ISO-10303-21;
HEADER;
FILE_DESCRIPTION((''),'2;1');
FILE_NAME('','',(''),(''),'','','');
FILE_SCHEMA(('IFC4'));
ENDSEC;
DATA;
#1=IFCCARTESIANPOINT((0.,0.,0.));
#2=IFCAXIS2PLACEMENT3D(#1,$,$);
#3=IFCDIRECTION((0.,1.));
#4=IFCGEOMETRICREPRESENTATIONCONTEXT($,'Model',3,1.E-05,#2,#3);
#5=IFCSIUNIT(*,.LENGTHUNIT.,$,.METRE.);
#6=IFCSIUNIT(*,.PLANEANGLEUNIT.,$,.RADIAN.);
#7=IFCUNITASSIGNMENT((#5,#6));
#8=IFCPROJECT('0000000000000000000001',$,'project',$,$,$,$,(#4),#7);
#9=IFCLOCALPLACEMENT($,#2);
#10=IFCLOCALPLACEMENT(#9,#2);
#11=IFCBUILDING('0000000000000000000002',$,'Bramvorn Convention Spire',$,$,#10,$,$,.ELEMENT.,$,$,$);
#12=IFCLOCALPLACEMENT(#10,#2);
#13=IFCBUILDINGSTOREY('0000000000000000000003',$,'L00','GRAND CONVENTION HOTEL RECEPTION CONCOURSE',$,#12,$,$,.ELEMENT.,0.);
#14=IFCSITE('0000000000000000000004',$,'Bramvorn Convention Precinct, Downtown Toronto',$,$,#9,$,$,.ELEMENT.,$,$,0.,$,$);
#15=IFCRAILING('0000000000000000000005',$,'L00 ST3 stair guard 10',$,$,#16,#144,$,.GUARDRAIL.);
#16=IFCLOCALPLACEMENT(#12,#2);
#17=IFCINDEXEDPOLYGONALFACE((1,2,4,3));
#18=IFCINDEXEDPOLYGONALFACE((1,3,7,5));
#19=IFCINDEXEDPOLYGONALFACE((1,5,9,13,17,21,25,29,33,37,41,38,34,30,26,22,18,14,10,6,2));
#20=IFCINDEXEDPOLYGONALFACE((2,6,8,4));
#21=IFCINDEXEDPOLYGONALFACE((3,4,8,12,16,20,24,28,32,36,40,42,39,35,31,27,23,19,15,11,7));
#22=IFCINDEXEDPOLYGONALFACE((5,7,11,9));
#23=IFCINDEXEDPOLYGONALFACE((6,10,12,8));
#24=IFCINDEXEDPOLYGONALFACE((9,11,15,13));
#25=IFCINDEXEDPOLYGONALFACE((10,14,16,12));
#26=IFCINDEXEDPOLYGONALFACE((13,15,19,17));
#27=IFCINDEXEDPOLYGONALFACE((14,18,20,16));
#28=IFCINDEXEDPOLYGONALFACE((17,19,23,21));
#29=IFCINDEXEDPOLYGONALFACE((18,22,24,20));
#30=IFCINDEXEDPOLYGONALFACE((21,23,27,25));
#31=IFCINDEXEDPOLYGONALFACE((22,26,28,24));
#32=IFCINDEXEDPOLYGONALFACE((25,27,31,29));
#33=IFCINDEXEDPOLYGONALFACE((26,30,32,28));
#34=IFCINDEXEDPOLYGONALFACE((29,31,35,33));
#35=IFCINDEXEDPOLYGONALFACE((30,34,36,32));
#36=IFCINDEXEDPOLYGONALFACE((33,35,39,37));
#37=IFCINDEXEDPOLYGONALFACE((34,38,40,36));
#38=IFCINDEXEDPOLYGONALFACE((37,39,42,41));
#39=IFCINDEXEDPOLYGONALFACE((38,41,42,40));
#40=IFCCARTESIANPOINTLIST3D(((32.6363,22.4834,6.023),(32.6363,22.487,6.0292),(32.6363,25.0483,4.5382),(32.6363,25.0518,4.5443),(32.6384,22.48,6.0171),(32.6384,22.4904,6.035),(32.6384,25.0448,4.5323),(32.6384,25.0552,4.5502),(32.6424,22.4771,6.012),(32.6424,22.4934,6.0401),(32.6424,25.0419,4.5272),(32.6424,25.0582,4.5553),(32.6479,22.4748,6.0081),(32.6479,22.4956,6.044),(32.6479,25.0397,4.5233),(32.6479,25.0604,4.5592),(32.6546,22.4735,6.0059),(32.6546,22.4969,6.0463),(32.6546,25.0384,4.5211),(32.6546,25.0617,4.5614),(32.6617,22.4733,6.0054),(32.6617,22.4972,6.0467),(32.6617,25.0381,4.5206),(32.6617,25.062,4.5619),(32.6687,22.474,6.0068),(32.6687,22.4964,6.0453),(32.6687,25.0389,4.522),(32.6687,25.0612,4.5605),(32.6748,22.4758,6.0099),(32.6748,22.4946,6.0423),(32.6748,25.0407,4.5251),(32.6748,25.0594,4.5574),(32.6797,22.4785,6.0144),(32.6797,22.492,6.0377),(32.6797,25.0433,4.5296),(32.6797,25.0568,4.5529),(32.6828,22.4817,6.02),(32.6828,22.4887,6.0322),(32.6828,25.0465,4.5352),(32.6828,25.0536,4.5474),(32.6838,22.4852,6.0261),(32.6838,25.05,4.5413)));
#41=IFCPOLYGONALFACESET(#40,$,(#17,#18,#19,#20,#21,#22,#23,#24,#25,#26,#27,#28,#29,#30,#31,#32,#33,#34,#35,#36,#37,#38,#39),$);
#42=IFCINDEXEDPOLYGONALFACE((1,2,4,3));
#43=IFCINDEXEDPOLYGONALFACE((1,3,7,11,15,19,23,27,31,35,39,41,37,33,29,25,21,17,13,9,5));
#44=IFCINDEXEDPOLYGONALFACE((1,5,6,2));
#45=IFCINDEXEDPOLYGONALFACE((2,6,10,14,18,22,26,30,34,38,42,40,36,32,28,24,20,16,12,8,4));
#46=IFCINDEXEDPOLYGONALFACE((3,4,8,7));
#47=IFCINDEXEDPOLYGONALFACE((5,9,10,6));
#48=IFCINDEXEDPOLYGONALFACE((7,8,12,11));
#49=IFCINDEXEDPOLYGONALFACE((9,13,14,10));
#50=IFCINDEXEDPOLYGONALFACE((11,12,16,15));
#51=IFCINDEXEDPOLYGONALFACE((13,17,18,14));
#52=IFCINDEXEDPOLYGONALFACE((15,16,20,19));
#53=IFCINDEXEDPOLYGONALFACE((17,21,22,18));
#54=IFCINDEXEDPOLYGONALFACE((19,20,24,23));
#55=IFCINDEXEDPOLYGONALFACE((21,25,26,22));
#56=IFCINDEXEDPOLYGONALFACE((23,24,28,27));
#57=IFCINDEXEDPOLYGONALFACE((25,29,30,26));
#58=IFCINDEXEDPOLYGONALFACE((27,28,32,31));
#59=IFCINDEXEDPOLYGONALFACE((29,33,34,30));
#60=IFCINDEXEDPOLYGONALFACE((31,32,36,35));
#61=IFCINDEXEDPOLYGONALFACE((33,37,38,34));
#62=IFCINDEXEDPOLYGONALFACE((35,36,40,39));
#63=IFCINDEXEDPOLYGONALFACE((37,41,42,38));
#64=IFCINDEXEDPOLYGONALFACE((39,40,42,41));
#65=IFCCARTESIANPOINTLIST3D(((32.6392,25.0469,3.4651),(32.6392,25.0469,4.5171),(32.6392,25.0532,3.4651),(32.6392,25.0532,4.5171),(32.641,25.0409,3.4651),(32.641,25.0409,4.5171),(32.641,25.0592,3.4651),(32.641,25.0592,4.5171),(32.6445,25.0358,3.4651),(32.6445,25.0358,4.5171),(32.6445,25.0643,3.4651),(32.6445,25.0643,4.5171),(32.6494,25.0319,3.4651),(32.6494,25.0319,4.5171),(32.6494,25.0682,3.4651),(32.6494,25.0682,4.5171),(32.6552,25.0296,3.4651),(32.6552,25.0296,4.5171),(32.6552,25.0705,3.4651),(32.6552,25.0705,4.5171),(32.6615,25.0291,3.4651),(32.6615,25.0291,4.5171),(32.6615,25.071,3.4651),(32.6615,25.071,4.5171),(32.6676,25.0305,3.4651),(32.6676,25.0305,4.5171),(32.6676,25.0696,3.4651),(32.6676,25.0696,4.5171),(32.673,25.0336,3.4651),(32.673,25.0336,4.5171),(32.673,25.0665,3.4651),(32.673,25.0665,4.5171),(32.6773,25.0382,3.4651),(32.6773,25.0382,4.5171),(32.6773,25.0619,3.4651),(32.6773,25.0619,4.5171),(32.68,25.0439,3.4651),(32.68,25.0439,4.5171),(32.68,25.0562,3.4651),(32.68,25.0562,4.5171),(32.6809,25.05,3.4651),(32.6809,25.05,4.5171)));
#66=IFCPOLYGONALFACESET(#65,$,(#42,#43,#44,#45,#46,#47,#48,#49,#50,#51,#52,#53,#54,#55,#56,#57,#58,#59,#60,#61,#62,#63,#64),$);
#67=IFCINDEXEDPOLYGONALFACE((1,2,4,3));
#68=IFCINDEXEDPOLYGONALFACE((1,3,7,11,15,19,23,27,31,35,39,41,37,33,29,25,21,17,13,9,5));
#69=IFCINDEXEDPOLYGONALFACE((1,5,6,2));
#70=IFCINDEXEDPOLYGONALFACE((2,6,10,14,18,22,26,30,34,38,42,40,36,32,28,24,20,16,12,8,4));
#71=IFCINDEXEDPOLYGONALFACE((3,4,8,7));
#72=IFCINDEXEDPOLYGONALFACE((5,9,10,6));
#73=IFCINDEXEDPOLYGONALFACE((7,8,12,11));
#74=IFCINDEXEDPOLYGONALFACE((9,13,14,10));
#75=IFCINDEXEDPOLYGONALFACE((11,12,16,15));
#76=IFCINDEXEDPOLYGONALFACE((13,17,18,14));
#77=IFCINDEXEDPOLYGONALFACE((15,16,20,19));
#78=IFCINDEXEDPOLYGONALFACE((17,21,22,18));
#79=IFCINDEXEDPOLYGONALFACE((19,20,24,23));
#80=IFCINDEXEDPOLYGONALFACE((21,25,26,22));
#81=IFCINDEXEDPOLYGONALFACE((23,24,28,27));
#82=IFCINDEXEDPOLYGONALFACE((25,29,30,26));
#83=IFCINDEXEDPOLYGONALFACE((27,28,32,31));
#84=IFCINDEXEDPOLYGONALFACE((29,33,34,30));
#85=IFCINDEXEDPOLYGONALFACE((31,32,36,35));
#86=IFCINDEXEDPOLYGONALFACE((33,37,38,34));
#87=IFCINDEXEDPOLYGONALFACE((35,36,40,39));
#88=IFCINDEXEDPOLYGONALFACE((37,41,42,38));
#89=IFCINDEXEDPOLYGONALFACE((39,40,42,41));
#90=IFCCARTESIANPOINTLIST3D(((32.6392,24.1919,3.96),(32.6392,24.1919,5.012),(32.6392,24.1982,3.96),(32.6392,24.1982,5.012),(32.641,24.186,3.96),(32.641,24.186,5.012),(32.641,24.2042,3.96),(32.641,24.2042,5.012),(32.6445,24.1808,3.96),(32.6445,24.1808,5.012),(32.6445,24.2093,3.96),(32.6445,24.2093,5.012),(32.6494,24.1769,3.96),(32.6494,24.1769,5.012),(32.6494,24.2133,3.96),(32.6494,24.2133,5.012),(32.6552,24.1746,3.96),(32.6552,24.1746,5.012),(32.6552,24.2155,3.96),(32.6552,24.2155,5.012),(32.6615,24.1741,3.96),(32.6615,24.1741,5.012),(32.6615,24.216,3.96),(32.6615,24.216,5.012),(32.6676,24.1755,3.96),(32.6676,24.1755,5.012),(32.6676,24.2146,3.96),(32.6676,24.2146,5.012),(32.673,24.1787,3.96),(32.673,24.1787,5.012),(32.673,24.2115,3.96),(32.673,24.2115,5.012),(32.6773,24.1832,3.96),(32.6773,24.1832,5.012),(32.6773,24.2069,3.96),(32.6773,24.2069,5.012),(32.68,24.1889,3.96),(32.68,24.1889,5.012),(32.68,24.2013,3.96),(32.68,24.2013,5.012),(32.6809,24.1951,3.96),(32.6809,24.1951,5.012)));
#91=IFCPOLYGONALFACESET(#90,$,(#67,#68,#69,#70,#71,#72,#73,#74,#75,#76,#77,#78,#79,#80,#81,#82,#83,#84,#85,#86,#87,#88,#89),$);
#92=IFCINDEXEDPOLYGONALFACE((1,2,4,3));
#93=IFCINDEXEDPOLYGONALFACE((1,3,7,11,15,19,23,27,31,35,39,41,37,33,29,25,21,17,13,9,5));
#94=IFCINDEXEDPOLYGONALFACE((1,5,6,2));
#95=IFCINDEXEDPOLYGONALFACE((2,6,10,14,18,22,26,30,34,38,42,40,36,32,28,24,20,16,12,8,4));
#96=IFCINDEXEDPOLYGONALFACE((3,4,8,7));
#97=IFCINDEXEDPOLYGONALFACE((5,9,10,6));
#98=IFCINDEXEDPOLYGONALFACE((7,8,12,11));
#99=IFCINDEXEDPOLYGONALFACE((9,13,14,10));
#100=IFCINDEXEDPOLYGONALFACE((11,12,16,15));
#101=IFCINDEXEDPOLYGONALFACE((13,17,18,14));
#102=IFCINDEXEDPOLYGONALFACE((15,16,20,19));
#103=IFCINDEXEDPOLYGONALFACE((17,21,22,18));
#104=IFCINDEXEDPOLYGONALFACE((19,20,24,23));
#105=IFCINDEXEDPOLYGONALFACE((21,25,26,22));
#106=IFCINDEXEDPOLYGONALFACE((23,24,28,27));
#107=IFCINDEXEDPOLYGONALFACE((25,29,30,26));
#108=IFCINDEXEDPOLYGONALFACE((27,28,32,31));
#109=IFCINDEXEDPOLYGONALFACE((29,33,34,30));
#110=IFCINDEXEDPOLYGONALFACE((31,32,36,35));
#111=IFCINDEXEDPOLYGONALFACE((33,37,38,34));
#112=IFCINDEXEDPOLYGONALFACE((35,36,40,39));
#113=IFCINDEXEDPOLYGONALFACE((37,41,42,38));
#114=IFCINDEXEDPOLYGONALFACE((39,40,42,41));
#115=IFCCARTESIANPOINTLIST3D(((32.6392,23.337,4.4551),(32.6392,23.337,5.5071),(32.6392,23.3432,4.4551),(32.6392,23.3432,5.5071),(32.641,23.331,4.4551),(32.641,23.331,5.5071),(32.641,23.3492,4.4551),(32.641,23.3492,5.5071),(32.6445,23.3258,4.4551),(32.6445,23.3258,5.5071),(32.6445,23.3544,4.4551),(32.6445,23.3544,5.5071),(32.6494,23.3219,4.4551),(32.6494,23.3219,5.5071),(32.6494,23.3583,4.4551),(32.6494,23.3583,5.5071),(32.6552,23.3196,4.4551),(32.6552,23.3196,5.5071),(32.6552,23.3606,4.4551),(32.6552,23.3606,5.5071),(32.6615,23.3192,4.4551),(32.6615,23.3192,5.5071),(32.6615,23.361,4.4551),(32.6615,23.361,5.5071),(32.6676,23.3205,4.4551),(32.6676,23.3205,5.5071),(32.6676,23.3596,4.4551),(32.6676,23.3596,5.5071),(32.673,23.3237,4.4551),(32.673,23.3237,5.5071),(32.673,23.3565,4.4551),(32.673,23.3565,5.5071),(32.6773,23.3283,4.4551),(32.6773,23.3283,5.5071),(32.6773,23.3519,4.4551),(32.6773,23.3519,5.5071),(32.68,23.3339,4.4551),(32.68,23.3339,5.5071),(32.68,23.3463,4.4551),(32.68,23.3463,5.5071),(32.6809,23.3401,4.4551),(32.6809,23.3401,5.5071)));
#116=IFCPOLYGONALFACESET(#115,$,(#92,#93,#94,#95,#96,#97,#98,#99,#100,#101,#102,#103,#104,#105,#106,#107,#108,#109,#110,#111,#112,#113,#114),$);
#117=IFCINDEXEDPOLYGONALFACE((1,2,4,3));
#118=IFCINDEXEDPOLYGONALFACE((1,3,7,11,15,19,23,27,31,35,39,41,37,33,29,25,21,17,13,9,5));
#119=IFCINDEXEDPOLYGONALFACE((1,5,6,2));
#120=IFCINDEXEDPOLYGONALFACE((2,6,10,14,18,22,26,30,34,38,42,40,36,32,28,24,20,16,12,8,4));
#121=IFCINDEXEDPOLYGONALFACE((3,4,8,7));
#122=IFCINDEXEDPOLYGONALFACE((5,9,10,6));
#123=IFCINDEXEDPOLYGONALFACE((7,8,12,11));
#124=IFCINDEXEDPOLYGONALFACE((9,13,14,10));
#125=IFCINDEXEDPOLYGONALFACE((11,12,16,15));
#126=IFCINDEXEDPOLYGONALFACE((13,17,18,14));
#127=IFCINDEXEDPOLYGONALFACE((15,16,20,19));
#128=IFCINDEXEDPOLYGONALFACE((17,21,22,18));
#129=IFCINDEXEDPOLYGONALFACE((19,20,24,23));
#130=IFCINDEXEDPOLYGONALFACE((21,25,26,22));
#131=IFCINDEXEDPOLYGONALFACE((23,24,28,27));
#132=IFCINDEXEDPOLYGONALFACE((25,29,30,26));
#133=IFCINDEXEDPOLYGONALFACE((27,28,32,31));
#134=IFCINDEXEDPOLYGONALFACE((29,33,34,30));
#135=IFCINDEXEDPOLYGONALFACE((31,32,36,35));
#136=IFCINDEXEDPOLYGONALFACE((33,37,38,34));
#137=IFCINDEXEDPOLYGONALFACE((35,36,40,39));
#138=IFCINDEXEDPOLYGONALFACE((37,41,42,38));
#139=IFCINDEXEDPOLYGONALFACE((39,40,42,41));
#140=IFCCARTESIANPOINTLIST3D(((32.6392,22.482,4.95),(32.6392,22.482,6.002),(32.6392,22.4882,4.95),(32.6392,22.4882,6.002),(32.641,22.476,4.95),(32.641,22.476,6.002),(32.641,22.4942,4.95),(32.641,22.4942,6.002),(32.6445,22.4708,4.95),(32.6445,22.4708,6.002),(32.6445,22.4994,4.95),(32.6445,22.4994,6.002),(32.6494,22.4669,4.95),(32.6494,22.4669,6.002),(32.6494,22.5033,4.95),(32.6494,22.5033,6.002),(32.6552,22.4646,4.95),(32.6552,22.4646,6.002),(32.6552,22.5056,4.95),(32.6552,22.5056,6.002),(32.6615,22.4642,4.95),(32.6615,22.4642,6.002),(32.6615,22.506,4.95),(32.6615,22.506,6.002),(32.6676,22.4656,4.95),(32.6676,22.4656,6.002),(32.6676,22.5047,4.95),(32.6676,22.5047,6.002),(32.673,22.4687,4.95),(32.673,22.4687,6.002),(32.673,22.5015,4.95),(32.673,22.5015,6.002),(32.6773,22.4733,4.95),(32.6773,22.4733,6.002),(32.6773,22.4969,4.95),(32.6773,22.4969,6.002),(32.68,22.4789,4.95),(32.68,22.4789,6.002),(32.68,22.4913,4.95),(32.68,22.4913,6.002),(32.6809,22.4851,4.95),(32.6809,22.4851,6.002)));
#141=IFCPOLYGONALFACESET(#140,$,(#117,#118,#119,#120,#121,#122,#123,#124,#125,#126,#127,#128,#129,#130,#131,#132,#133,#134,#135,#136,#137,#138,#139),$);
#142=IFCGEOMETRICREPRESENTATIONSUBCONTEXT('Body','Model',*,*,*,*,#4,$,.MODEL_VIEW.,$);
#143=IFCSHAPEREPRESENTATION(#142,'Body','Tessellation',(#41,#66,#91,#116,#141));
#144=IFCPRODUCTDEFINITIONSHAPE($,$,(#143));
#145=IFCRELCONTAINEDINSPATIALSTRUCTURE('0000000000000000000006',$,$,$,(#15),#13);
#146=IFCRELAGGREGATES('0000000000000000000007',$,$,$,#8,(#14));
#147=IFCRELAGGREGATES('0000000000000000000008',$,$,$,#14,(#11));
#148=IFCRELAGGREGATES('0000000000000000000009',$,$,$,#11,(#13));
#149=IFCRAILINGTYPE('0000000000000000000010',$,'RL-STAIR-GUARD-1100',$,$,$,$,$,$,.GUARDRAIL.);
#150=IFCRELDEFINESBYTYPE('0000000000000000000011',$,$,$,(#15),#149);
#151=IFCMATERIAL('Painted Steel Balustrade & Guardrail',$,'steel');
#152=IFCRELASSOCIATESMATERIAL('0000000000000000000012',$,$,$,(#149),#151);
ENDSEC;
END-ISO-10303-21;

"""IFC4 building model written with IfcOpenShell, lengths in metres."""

from ifc_helpers import new_model, si_unit, direction, frame, origin, origin_2d, place, context, subcontext, project, spatial, circle, extrude, material, type_object, element, save


model = new_model("IFC4")

# Units and contexts
model_context = context("Model", 3, precision=1e-05, world=origin(), true_north=direction((0.0, 1.0)))
body_context = subcontext(model_context, "Body", "Model", "MODEL_VIEW")
ifc_project = project(units=[si_unit("LENGTHUNIT", "METRE"), si_unit("PLANEANGLEUNIT", "RADIAN")], contexts=[model_context])

# Site, building, storey
site_placement = place(None, origin())
site = spatial("IfcSite", under=ifc_project, at=site_placement, Name="Bramvorn Convention Precinct, Downtown Toronto", CompositionType="ELEMENT", RefElevation=0.0)
building_placement = place(site_placement, origin())
building = spatial("IfcBuilding", under=site, at=building_placement, Name="Bramvorn Convention Spire", CompositionType="ELEMENT")
storey_placement = place(building_placement, origin())
storey = spatial("IfcBuildingStorey", under=building, at=storey_placement, Name="L00", Description="GRAND CONVENTION HOTEL RECEPTION CONCOURSE", CompositionType="ELEMENT", Elevation=0.0)

# Railing
ifc_material_1 = material(Name="Painted Steel Balustrade & Guardrail", Category="steel")
railing_type_1 = type_object("IfcRailingType", Name="RL-STAIR-GUARD-1100", PredefinedType="GUARDRAIL", material=ifc_material_1)
railing_1_placement = place(storey_placement, frame((32.6599, 25.05, 3.4651)))
element("IfcRailing", 1, at=railing_1_placement, inside=storey, type_object=railing_type_1, Name="L00 ST3 stair guard 10", PredefinedType="GUARDRAIL", context=body_context, shape_type="SweptSolid", body=[
    extrude(circle(Radius=0.0239, at=origin_2d()), frame((0.0, 0.0, 1.0762), z_axis=(0.0, -0.865441, 0.50101), x_axis=(1.0, 0.0, 0.0)), (0.0, 0.0, 1.0), 2.9636),
    extrude(circle(Radius=0.021, at=origin_2d()), origin(), (0.0, 0.0, 1.0), 1.052),
    extrude(circle(Radius=0.021, at=origin_2d()), frame((0.0, -0.855, 0.4949)), (0.0, 0.0, 1.0), 1.052),
    extrude(circle(Radius=0.021, at=origin_2d()), frame((0.0, -1.71, 0.99)), (0.0, 0.0, 1.0), 1.052),
    extrude(circle(Radius=0.021, at=origin_2d()), frame((0.0, -2.5649, 1.4849)), (0.0, 0.0, 1.0), 1.052),
])

save(model, "model.ifc")
